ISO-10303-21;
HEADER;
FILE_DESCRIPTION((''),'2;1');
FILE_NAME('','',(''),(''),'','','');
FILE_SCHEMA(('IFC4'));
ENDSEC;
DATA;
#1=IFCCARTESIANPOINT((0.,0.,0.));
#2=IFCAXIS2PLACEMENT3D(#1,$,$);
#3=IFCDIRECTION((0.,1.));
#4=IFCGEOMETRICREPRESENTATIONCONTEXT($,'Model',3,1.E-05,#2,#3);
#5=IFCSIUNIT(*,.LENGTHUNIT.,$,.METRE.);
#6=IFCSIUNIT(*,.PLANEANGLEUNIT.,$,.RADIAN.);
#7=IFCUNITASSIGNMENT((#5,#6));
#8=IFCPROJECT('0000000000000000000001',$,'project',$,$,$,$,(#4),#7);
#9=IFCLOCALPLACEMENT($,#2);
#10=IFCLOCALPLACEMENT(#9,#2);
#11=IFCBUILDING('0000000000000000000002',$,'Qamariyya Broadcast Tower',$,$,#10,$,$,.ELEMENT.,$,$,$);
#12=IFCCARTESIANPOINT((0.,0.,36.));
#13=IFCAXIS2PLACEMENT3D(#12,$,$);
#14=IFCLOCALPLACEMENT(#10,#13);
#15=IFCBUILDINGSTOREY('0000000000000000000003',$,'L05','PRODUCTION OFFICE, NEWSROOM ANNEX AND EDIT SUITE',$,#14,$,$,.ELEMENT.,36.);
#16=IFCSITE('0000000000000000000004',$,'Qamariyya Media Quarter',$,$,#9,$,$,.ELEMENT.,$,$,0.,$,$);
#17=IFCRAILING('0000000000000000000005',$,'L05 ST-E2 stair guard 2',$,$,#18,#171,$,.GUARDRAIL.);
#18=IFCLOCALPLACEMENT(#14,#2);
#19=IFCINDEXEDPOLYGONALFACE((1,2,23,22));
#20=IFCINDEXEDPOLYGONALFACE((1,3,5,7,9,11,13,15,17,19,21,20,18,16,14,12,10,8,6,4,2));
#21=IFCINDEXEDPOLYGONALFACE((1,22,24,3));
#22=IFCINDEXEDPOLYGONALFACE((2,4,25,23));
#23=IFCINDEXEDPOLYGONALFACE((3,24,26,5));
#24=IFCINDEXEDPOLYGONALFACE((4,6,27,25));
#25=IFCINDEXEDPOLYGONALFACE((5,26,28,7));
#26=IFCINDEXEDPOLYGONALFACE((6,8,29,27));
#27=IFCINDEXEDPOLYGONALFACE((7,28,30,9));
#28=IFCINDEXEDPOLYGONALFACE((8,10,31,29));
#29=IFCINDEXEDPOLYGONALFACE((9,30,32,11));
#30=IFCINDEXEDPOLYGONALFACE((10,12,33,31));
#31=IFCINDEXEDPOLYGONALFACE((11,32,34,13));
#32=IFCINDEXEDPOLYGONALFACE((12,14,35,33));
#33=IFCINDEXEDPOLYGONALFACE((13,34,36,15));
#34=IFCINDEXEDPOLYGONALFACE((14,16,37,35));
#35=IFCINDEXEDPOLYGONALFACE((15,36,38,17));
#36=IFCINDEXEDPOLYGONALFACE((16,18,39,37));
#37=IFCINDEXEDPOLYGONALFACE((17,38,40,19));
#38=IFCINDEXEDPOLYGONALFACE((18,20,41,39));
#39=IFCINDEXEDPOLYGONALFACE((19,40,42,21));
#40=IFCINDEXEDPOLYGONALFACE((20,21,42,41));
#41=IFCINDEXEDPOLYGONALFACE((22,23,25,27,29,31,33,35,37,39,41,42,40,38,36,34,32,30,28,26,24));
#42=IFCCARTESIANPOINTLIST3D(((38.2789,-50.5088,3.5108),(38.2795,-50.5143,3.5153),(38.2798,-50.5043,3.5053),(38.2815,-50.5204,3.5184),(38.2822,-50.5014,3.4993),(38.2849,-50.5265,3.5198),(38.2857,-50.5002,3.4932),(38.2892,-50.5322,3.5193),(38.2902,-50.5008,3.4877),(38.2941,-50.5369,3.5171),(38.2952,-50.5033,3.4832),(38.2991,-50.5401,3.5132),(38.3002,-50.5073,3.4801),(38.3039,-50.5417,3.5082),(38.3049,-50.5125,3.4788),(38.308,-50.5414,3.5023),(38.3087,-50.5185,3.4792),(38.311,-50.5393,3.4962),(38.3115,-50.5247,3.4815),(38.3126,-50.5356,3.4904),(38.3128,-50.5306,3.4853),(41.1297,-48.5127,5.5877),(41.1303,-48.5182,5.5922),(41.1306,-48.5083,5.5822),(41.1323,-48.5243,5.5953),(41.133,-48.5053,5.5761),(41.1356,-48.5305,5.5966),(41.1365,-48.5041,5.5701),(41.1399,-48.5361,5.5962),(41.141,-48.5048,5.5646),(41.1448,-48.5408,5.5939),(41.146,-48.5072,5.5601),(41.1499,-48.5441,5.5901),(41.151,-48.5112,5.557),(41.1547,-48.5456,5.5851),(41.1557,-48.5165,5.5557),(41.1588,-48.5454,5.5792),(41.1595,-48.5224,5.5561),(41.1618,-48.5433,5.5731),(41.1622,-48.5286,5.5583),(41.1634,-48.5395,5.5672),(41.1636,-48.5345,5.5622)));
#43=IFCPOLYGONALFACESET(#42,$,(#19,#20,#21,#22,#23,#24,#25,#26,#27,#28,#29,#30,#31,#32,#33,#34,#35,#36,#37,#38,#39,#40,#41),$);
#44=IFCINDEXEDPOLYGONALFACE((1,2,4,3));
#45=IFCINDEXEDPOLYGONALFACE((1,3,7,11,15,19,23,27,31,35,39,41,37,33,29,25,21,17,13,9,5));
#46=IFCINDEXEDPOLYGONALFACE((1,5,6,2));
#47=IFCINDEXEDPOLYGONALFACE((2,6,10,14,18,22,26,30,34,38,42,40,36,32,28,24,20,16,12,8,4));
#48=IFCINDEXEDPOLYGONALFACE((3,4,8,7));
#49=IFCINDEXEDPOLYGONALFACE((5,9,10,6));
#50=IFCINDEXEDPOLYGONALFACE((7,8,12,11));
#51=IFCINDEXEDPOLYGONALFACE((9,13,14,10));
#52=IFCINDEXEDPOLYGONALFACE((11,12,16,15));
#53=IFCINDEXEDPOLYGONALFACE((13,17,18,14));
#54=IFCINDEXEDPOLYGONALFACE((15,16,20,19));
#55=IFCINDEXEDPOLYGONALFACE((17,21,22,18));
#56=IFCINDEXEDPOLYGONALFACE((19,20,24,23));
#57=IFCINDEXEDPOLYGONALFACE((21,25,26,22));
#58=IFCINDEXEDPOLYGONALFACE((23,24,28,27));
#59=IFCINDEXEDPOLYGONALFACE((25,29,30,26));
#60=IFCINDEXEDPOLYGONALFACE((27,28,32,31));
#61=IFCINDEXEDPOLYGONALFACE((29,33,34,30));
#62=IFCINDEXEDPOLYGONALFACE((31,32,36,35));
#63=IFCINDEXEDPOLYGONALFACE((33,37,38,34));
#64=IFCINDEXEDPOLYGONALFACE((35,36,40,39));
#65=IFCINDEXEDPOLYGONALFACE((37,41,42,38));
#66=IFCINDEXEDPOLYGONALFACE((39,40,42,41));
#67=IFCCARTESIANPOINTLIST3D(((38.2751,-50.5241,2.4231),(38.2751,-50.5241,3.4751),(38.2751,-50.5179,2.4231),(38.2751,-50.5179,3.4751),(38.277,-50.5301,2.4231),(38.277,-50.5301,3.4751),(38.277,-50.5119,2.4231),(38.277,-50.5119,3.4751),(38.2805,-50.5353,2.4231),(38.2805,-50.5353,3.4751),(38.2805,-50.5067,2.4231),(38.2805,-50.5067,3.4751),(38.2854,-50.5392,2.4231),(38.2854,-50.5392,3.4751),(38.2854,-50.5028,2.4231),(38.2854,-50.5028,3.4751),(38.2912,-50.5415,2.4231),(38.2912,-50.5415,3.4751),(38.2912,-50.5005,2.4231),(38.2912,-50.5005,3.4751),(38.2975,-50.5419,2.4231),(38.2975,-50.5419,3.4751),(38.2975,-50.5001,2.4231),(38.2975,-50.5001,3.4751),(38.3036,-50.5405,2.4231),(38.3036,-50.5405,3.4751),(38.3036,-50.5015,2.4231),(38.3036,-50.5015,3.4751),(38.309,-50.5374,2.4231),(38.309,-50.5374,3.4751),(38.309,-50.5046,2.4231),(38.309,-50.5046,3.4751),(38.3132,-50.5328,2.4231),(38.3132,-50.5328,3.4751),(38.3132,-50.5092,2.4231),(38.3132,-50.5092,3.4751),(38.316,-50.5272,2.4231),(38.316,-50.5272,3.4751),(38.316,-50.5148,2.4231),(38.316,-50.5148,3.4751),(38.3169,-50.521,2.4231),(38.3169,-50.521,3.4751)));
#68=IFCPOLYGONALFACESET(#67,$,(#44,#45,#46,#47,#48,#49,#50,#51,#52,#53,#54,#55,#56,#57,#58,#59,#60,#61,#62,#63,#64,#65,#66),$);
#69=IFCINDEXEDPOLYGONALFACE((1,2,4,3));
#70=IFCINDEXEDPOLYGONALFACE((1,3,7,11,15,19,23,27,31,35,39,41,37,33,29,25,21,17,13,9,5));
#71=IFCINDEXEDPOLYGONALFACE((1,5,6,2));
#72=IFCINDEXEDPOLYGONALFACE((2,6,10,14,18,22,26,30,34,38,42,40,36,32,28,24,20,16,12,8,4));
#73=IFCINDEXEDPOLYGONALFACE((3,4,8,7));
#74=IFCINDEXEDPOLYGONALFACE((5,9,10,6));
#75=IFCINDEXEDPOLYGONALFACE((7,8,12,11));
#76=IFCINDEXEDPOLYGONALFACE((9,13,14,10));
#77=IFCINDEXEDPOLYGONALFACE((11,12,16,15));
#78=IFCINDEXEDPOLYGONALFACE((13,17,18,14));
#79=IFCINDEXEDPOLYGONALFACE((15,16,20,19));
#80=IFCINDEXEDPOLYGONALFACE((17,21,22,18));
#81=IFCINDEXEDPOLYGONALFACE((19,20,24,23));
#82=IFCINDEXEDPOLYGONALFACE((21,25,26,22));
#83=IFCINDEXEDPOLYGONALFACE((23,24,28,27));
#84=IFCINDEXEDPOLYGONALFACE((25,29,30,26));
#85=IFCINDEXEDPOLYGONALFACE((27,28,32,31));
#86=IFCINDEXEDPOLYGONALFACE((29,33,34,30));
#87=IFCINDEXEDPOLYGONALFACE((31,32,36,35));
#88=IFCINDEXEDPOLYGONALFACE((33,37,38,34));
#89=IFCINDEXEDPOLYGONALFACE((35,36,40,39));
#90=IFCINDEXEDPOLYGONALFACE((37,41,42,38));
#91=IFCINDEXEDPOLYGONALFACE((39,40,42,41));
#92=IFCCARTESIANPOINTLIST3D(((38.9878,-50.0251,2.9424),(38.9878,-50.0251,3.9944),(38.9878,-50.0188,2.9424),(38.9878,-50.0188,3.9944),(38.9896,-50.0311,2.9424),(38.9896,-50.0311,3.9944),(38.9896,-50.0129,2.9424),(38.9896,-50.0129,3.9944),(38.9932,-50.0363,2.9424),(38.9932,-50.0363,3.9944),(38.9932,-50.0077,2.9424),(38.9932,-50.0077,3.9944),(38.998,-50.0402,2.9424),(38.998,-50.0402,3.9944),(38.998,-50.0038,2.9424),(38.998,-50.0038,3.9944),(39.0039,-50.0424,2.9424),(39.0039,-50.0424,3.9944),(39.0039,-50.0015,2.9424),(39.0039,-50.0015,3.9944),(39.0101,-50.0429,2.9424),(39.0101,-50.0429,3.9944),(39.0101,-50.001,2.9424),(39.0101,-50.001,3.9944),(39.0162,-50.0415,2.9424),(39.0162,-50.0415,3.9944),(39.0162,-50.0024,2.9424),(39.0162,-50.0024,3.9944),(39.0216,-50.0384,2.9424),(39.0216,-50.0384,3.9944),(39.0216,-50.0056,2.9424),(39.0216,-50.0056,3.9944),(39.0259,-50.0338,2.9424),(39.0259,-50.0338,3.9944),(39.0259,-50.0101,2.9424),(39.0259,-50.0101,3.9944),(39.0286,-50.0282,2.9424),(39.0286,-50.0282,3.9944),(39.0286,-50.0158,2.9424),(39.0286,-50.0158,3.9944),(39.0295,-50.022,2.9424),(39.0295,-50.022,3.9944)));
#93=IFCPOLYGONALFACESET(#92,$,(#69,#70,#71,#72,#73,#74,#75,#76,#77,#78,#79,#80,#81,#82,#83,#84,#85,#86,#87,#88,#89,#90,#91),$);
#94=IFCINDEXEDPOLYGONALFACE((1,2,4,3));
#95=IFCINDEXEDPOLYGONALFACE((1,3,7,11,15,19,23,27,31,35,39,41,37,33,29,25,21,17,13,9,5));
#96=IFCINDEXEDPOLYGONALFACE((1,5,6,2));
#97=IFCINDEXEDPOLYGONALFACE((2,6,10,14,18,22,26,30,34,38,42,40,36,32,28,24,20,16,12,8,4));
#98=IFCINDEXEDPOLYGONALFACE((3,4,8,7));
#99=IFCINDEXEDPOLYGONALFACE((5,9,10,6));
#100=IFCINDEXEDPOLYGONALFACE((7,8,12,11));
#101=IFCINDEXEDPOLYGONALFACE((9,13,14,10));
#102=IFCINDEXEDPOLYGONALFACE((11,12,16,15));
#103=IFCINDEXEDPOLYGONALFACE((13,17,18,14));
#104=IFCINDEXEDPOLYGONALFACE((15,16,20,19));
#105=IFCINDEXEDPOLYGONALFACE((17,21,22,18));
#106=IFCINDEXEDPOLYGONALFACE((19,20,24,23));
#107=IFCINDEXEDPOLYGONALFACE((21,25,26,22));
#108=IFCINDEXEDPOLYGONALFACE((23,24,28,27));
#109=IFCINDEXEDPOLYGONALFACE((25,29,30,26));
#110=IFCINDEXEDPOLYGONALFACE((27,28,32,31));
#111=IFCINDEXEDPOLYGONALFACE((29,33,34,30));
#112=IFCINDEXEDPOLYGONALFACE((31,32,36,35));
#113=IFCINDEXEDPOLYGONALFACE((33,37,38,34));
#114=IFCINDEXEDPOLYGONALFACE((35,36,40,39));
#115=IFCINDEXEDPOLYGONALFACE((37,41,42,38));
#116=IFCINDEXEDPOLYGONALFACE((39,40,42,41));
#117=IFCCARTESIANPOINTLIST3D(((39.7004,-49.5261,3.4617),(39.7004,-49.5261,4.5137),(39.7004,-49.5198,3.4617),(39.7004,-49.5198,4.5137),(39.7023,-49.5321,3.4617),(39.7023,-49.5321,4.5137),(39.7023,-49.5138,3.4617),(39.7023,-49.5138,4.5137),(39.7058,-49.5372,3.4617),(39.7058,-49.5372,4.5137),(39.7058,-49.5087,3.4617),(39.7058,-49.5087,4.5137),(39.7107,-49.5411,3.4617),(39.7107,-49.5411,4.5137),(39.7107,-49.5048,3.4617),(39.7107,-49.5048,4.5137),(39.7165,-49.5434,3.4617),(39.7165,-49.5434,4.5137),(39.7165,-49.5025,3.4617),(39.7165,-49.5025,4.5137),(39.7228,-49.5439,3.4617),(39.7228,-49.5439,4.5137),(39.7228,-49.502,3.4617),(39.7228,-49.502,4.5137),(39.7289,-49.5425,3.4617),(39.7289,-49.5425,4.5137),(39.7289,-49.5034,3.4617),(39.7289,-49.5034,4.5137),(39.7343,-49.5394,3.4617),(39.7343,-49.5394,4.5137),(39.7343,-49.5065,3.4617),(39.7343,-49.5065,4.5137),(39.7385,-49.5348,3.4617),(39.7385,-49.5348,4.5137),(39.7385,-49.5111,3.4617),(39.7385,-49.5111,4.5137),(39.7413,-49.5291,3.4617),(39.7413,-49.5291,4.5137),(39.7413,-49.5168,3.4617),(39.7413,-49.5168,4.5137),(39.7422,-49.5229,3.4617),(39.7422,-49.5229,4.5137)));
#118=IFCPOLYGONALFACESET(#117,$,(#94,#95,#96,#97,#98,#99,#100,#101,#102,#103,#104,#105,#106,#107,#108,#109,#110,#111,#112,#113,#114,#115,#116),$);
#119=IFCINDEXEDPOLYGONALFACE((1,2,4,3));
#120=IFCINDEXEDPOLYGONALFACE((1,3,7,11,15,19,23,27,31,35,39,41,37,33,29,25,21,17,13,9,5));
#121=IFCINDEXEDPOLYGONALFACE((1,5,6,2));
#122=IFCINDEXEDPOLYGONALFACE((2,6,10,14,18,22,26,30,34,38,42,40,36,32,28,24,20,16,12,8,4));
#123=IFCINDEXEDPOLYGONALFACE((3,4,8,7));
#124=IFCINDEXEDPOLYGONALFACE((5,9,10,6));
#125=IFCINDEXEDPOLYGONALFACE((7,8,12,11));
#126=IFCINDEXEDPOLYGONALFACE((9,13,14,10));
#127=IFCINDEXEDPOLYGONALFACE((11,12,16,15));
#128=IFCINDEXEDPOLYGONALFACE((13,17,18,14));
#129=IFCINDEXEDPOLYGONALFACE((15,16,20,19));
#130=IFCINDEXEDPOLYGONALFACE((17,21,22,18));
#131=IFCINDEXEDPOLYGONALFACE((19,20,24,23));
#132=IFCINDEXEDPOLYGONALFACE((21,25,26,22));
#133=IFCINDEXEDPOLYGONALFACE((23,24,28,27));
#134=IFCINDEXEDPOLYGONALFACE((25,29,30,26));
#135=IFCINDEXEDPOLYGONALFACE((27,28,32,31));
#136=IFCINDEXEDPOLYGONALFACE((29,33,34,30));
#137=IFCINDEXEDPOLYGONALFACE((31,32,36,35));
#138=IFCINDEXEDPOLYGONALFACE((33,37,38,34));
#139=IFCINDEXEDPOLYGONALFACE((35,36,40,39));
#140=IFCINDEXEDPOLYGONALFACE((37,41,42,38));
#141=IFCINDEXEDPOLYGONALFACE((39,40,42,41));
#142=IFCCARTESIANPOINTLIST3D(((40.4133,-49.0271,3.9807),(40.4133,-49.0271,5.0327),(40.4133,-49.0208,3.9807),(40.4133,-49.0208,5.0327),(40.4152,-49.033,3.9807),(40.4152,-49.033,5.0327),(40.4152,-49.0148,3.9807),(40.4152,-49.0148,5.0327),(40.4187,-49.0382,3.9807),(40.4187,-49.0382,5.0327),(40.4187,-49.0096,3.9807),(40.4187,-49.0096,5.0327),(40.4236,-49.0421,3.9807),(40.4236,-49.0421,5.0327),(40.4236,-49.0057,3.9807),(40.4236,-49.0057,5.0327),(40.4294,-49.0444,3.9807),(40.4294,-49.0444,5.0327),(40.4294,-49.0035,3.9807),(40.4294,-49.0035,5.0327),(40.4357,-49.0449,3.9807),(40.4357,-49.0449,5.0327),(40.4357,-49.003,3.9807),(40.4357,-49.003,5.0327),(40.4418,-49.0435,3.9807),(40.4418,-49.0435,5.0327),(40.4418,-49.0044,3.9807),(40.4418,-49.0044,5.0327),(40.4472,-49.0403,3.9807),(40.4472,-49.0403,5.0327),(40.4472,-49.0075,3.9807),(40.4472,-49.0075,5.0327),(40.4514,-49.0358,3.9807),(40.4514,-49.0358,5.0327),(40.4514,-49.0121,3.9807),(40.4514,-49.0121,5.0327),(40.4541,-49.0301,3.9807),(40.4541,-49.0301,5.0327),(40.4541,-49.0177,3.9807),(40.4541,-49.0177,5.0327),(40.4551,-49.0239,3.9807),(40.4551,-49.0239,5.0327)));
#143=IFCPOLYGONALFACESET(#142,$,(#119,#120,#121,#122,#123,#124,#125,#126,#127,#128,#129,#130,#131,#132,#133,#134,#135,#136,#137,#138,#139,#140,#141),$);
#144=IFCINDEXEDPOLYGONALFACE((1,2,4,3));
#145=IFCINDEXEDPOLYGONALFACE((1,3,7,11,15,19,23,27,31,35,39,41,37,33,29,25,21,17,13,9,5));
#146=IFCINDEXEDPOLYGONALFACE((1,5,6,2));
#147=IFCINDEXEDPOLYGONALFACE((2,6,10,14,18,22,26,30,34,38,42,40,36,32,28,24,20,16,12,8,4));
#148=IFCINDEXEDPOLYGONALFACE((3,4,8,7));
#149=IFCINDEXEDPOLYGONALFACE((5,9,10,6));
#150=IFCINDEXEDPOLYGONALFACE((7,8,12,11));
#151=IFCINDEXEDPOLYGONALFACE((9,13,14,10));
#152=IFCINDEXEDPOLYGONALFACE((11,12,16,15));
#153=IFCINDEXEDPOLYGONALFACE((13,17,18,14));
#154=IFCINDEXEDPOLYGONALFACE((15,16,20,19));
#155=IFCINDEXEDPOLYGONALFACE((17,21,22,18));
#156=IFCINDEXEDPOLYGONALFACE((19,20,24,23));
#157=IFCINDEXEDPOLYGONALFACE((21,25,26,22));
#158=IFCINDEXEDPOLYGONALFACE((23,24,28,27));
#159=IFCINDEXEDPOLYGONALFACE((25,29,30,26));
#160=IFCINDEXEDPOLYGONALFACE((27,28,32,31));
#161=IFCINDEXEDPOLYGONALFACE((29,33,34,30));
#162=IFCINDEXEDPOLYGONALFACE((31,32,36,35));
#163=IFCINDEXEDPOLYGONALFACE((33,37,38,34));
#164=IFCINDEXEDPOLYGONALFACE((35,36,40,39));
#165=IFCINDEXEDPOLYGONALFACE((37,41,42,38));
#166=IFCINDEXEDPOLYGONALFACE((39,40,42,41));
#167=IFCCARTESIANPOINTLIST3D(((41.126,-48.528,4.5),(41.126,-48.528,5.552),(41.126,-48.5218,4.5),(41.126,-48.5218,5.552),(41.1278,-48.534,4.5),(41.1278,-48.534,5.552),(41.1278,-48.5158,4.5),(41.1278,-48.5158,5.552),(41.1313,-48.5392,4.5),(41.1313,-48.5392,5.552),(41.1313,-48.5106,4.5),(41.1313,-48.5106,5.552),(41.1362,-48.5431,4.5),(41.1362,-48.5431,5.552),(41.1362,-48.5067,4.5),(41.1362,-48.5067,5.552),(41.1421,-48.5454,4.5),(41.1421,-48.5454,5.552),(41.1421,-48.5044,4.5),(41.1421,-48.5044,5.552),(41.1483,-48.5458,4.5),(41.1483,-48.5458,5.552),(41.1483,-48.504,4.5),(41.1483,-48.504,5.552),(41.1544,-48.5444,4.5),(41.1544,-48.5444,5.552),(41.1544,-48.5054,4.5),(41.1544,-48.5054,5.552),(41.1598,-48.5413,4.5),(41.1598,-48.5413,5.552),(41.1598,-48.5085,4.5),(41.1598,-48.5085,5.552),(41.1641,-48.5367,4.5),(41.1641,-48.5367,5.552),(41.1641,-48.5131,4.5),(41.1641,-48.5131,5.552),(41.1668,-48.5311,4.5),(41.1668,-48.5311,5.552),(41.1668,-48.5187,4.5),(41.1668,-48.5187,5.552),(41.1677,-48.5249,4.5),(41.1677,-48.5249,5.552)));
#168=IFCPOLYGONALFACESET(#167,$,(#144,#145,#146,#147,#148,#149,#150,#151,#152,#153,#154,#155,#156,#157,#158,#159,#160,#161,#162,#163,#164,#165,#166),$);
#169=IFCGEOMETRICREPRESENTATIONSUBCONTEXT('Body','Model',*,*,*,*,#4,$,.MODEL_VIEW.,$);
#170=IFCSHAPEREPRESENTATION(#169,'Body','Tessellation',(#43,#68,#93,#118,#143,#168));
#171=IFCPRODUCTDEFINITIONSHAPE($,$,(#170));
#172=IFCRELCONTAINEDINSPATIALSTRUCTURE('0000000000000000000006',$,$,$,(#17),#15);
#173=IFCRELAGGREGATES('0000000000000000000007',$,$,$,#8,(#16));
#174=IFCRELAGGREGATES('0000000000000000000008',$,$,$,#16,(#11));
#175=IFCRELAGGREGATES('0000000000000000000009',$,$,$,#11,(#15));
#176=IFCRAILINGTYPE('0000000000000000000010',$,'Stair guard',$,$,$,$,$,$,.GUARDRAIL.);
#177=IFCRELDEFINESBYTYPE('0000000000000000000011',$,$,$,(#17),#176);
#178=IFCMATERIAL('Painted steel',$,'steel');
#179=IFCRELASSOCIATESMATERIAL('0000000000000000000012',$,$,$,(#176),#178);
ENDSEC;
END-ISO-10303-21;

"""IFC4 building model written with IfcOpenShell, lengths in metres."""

from ifc_helpers import new_model, si_unit, direction, frame, origin, origin_2d, place, context, subcontext, project, spatial, circle, extrude, material, type_object, element, save


model = new_model("IFC4")

# Units and contexts
model_context = context("Model", 3, precision=1e-05, world=origin(), true_north=direction((0.0, 1.0)))
body_context = subcontext(model_context, "Body", "Model", "MODEL_VIEW")
ifc_project = project(units=[si_unit("LENGTHUNIT", "METRE"), si_unit("PLANEANGLEUNIT", "RADIAN")], contexts=[model_context])

# Site, building, storey
site_placement = place(None, origin())
site = spatial("IfcSite", under=ifc_project, at=site_placement, Name="Qamariyya Media Quarter", CompositionType="ELEMENT", RefElevation=0.0)
building_placement = place(site_placement, origin())
building = spatial("IfcBuilding", under=site, at=building_placement, Name="Qamariyya Broadcast Tower", CompositionType="ELEMENT")
storey_placement = place(building_placement, frame((0.0, 0.0, 36.0)))
storey = spatial("IfcBuildingStorey", under=building, at=storey_placement, Name="L05", Description="PRODUCTION OFFICE, NEWSROOM ANNEX AND EDIT SUITE", CompositionType="ELEMENT", Elevation=36.0)

# Railing
ifc_material_1 = material(Name="Painted steel", Category="steel")
railing_type_1 = type_object("IfcRailingType", Name="Stair guard", PredefinedType="GUARDRAIL", material=ifc_material_1)
railing_1_placement = place(storey_placement, frame((38.2959, -50.521, 2.4231)))
element("IfcRailing", 1, at=railing_1_placement, inside=storey, type_object=railing_type_1, Name="L05 ST-E2 stair guard 2", PredefinedType="GUARDRAIL", context=body_context, shape_type="SweptSolid", body=[
    extrude(circle(Radius=0.0239, at=origin_2d()), frame((0.0, 0.0, 1.0762), z_axis=(0.703423, 0.492523, 0.512462), x_axis=(-0.573561, 0.819163, 0.0)), (0.0, 0.0, 1.0), 4.0527),
    extrude(circle(Radius=0.021, at=origin_2d()), origin(), (0.0, 0.0, 1.0), 1.052),
    extrude(circle(Radius=0.021, at=origin_2d()), frame((0.7126, 0.499, 0.5193)), (0.0, 0.0, 1.0), 1.052),
    extrude(circle(Radius=0.021, at=origin_2d()), frame((1.4253, 0.998, 1.0386)), (0.0, 0.0, 1.0), 1.052),
    extrude(circle(Radius=0.021, at=origin_2d()), frame((2.1382, 1.4971, 1.5576)), (0.0, 0.0, 1.0), 1.052),
    extrude(circle(Radius=0.021, at=origin_2d()), frame((2.8508, 1.9961, 2.0769)), (0.0, 0.0, 1.0), 1.052),
])

save(model, "model.ifc")
